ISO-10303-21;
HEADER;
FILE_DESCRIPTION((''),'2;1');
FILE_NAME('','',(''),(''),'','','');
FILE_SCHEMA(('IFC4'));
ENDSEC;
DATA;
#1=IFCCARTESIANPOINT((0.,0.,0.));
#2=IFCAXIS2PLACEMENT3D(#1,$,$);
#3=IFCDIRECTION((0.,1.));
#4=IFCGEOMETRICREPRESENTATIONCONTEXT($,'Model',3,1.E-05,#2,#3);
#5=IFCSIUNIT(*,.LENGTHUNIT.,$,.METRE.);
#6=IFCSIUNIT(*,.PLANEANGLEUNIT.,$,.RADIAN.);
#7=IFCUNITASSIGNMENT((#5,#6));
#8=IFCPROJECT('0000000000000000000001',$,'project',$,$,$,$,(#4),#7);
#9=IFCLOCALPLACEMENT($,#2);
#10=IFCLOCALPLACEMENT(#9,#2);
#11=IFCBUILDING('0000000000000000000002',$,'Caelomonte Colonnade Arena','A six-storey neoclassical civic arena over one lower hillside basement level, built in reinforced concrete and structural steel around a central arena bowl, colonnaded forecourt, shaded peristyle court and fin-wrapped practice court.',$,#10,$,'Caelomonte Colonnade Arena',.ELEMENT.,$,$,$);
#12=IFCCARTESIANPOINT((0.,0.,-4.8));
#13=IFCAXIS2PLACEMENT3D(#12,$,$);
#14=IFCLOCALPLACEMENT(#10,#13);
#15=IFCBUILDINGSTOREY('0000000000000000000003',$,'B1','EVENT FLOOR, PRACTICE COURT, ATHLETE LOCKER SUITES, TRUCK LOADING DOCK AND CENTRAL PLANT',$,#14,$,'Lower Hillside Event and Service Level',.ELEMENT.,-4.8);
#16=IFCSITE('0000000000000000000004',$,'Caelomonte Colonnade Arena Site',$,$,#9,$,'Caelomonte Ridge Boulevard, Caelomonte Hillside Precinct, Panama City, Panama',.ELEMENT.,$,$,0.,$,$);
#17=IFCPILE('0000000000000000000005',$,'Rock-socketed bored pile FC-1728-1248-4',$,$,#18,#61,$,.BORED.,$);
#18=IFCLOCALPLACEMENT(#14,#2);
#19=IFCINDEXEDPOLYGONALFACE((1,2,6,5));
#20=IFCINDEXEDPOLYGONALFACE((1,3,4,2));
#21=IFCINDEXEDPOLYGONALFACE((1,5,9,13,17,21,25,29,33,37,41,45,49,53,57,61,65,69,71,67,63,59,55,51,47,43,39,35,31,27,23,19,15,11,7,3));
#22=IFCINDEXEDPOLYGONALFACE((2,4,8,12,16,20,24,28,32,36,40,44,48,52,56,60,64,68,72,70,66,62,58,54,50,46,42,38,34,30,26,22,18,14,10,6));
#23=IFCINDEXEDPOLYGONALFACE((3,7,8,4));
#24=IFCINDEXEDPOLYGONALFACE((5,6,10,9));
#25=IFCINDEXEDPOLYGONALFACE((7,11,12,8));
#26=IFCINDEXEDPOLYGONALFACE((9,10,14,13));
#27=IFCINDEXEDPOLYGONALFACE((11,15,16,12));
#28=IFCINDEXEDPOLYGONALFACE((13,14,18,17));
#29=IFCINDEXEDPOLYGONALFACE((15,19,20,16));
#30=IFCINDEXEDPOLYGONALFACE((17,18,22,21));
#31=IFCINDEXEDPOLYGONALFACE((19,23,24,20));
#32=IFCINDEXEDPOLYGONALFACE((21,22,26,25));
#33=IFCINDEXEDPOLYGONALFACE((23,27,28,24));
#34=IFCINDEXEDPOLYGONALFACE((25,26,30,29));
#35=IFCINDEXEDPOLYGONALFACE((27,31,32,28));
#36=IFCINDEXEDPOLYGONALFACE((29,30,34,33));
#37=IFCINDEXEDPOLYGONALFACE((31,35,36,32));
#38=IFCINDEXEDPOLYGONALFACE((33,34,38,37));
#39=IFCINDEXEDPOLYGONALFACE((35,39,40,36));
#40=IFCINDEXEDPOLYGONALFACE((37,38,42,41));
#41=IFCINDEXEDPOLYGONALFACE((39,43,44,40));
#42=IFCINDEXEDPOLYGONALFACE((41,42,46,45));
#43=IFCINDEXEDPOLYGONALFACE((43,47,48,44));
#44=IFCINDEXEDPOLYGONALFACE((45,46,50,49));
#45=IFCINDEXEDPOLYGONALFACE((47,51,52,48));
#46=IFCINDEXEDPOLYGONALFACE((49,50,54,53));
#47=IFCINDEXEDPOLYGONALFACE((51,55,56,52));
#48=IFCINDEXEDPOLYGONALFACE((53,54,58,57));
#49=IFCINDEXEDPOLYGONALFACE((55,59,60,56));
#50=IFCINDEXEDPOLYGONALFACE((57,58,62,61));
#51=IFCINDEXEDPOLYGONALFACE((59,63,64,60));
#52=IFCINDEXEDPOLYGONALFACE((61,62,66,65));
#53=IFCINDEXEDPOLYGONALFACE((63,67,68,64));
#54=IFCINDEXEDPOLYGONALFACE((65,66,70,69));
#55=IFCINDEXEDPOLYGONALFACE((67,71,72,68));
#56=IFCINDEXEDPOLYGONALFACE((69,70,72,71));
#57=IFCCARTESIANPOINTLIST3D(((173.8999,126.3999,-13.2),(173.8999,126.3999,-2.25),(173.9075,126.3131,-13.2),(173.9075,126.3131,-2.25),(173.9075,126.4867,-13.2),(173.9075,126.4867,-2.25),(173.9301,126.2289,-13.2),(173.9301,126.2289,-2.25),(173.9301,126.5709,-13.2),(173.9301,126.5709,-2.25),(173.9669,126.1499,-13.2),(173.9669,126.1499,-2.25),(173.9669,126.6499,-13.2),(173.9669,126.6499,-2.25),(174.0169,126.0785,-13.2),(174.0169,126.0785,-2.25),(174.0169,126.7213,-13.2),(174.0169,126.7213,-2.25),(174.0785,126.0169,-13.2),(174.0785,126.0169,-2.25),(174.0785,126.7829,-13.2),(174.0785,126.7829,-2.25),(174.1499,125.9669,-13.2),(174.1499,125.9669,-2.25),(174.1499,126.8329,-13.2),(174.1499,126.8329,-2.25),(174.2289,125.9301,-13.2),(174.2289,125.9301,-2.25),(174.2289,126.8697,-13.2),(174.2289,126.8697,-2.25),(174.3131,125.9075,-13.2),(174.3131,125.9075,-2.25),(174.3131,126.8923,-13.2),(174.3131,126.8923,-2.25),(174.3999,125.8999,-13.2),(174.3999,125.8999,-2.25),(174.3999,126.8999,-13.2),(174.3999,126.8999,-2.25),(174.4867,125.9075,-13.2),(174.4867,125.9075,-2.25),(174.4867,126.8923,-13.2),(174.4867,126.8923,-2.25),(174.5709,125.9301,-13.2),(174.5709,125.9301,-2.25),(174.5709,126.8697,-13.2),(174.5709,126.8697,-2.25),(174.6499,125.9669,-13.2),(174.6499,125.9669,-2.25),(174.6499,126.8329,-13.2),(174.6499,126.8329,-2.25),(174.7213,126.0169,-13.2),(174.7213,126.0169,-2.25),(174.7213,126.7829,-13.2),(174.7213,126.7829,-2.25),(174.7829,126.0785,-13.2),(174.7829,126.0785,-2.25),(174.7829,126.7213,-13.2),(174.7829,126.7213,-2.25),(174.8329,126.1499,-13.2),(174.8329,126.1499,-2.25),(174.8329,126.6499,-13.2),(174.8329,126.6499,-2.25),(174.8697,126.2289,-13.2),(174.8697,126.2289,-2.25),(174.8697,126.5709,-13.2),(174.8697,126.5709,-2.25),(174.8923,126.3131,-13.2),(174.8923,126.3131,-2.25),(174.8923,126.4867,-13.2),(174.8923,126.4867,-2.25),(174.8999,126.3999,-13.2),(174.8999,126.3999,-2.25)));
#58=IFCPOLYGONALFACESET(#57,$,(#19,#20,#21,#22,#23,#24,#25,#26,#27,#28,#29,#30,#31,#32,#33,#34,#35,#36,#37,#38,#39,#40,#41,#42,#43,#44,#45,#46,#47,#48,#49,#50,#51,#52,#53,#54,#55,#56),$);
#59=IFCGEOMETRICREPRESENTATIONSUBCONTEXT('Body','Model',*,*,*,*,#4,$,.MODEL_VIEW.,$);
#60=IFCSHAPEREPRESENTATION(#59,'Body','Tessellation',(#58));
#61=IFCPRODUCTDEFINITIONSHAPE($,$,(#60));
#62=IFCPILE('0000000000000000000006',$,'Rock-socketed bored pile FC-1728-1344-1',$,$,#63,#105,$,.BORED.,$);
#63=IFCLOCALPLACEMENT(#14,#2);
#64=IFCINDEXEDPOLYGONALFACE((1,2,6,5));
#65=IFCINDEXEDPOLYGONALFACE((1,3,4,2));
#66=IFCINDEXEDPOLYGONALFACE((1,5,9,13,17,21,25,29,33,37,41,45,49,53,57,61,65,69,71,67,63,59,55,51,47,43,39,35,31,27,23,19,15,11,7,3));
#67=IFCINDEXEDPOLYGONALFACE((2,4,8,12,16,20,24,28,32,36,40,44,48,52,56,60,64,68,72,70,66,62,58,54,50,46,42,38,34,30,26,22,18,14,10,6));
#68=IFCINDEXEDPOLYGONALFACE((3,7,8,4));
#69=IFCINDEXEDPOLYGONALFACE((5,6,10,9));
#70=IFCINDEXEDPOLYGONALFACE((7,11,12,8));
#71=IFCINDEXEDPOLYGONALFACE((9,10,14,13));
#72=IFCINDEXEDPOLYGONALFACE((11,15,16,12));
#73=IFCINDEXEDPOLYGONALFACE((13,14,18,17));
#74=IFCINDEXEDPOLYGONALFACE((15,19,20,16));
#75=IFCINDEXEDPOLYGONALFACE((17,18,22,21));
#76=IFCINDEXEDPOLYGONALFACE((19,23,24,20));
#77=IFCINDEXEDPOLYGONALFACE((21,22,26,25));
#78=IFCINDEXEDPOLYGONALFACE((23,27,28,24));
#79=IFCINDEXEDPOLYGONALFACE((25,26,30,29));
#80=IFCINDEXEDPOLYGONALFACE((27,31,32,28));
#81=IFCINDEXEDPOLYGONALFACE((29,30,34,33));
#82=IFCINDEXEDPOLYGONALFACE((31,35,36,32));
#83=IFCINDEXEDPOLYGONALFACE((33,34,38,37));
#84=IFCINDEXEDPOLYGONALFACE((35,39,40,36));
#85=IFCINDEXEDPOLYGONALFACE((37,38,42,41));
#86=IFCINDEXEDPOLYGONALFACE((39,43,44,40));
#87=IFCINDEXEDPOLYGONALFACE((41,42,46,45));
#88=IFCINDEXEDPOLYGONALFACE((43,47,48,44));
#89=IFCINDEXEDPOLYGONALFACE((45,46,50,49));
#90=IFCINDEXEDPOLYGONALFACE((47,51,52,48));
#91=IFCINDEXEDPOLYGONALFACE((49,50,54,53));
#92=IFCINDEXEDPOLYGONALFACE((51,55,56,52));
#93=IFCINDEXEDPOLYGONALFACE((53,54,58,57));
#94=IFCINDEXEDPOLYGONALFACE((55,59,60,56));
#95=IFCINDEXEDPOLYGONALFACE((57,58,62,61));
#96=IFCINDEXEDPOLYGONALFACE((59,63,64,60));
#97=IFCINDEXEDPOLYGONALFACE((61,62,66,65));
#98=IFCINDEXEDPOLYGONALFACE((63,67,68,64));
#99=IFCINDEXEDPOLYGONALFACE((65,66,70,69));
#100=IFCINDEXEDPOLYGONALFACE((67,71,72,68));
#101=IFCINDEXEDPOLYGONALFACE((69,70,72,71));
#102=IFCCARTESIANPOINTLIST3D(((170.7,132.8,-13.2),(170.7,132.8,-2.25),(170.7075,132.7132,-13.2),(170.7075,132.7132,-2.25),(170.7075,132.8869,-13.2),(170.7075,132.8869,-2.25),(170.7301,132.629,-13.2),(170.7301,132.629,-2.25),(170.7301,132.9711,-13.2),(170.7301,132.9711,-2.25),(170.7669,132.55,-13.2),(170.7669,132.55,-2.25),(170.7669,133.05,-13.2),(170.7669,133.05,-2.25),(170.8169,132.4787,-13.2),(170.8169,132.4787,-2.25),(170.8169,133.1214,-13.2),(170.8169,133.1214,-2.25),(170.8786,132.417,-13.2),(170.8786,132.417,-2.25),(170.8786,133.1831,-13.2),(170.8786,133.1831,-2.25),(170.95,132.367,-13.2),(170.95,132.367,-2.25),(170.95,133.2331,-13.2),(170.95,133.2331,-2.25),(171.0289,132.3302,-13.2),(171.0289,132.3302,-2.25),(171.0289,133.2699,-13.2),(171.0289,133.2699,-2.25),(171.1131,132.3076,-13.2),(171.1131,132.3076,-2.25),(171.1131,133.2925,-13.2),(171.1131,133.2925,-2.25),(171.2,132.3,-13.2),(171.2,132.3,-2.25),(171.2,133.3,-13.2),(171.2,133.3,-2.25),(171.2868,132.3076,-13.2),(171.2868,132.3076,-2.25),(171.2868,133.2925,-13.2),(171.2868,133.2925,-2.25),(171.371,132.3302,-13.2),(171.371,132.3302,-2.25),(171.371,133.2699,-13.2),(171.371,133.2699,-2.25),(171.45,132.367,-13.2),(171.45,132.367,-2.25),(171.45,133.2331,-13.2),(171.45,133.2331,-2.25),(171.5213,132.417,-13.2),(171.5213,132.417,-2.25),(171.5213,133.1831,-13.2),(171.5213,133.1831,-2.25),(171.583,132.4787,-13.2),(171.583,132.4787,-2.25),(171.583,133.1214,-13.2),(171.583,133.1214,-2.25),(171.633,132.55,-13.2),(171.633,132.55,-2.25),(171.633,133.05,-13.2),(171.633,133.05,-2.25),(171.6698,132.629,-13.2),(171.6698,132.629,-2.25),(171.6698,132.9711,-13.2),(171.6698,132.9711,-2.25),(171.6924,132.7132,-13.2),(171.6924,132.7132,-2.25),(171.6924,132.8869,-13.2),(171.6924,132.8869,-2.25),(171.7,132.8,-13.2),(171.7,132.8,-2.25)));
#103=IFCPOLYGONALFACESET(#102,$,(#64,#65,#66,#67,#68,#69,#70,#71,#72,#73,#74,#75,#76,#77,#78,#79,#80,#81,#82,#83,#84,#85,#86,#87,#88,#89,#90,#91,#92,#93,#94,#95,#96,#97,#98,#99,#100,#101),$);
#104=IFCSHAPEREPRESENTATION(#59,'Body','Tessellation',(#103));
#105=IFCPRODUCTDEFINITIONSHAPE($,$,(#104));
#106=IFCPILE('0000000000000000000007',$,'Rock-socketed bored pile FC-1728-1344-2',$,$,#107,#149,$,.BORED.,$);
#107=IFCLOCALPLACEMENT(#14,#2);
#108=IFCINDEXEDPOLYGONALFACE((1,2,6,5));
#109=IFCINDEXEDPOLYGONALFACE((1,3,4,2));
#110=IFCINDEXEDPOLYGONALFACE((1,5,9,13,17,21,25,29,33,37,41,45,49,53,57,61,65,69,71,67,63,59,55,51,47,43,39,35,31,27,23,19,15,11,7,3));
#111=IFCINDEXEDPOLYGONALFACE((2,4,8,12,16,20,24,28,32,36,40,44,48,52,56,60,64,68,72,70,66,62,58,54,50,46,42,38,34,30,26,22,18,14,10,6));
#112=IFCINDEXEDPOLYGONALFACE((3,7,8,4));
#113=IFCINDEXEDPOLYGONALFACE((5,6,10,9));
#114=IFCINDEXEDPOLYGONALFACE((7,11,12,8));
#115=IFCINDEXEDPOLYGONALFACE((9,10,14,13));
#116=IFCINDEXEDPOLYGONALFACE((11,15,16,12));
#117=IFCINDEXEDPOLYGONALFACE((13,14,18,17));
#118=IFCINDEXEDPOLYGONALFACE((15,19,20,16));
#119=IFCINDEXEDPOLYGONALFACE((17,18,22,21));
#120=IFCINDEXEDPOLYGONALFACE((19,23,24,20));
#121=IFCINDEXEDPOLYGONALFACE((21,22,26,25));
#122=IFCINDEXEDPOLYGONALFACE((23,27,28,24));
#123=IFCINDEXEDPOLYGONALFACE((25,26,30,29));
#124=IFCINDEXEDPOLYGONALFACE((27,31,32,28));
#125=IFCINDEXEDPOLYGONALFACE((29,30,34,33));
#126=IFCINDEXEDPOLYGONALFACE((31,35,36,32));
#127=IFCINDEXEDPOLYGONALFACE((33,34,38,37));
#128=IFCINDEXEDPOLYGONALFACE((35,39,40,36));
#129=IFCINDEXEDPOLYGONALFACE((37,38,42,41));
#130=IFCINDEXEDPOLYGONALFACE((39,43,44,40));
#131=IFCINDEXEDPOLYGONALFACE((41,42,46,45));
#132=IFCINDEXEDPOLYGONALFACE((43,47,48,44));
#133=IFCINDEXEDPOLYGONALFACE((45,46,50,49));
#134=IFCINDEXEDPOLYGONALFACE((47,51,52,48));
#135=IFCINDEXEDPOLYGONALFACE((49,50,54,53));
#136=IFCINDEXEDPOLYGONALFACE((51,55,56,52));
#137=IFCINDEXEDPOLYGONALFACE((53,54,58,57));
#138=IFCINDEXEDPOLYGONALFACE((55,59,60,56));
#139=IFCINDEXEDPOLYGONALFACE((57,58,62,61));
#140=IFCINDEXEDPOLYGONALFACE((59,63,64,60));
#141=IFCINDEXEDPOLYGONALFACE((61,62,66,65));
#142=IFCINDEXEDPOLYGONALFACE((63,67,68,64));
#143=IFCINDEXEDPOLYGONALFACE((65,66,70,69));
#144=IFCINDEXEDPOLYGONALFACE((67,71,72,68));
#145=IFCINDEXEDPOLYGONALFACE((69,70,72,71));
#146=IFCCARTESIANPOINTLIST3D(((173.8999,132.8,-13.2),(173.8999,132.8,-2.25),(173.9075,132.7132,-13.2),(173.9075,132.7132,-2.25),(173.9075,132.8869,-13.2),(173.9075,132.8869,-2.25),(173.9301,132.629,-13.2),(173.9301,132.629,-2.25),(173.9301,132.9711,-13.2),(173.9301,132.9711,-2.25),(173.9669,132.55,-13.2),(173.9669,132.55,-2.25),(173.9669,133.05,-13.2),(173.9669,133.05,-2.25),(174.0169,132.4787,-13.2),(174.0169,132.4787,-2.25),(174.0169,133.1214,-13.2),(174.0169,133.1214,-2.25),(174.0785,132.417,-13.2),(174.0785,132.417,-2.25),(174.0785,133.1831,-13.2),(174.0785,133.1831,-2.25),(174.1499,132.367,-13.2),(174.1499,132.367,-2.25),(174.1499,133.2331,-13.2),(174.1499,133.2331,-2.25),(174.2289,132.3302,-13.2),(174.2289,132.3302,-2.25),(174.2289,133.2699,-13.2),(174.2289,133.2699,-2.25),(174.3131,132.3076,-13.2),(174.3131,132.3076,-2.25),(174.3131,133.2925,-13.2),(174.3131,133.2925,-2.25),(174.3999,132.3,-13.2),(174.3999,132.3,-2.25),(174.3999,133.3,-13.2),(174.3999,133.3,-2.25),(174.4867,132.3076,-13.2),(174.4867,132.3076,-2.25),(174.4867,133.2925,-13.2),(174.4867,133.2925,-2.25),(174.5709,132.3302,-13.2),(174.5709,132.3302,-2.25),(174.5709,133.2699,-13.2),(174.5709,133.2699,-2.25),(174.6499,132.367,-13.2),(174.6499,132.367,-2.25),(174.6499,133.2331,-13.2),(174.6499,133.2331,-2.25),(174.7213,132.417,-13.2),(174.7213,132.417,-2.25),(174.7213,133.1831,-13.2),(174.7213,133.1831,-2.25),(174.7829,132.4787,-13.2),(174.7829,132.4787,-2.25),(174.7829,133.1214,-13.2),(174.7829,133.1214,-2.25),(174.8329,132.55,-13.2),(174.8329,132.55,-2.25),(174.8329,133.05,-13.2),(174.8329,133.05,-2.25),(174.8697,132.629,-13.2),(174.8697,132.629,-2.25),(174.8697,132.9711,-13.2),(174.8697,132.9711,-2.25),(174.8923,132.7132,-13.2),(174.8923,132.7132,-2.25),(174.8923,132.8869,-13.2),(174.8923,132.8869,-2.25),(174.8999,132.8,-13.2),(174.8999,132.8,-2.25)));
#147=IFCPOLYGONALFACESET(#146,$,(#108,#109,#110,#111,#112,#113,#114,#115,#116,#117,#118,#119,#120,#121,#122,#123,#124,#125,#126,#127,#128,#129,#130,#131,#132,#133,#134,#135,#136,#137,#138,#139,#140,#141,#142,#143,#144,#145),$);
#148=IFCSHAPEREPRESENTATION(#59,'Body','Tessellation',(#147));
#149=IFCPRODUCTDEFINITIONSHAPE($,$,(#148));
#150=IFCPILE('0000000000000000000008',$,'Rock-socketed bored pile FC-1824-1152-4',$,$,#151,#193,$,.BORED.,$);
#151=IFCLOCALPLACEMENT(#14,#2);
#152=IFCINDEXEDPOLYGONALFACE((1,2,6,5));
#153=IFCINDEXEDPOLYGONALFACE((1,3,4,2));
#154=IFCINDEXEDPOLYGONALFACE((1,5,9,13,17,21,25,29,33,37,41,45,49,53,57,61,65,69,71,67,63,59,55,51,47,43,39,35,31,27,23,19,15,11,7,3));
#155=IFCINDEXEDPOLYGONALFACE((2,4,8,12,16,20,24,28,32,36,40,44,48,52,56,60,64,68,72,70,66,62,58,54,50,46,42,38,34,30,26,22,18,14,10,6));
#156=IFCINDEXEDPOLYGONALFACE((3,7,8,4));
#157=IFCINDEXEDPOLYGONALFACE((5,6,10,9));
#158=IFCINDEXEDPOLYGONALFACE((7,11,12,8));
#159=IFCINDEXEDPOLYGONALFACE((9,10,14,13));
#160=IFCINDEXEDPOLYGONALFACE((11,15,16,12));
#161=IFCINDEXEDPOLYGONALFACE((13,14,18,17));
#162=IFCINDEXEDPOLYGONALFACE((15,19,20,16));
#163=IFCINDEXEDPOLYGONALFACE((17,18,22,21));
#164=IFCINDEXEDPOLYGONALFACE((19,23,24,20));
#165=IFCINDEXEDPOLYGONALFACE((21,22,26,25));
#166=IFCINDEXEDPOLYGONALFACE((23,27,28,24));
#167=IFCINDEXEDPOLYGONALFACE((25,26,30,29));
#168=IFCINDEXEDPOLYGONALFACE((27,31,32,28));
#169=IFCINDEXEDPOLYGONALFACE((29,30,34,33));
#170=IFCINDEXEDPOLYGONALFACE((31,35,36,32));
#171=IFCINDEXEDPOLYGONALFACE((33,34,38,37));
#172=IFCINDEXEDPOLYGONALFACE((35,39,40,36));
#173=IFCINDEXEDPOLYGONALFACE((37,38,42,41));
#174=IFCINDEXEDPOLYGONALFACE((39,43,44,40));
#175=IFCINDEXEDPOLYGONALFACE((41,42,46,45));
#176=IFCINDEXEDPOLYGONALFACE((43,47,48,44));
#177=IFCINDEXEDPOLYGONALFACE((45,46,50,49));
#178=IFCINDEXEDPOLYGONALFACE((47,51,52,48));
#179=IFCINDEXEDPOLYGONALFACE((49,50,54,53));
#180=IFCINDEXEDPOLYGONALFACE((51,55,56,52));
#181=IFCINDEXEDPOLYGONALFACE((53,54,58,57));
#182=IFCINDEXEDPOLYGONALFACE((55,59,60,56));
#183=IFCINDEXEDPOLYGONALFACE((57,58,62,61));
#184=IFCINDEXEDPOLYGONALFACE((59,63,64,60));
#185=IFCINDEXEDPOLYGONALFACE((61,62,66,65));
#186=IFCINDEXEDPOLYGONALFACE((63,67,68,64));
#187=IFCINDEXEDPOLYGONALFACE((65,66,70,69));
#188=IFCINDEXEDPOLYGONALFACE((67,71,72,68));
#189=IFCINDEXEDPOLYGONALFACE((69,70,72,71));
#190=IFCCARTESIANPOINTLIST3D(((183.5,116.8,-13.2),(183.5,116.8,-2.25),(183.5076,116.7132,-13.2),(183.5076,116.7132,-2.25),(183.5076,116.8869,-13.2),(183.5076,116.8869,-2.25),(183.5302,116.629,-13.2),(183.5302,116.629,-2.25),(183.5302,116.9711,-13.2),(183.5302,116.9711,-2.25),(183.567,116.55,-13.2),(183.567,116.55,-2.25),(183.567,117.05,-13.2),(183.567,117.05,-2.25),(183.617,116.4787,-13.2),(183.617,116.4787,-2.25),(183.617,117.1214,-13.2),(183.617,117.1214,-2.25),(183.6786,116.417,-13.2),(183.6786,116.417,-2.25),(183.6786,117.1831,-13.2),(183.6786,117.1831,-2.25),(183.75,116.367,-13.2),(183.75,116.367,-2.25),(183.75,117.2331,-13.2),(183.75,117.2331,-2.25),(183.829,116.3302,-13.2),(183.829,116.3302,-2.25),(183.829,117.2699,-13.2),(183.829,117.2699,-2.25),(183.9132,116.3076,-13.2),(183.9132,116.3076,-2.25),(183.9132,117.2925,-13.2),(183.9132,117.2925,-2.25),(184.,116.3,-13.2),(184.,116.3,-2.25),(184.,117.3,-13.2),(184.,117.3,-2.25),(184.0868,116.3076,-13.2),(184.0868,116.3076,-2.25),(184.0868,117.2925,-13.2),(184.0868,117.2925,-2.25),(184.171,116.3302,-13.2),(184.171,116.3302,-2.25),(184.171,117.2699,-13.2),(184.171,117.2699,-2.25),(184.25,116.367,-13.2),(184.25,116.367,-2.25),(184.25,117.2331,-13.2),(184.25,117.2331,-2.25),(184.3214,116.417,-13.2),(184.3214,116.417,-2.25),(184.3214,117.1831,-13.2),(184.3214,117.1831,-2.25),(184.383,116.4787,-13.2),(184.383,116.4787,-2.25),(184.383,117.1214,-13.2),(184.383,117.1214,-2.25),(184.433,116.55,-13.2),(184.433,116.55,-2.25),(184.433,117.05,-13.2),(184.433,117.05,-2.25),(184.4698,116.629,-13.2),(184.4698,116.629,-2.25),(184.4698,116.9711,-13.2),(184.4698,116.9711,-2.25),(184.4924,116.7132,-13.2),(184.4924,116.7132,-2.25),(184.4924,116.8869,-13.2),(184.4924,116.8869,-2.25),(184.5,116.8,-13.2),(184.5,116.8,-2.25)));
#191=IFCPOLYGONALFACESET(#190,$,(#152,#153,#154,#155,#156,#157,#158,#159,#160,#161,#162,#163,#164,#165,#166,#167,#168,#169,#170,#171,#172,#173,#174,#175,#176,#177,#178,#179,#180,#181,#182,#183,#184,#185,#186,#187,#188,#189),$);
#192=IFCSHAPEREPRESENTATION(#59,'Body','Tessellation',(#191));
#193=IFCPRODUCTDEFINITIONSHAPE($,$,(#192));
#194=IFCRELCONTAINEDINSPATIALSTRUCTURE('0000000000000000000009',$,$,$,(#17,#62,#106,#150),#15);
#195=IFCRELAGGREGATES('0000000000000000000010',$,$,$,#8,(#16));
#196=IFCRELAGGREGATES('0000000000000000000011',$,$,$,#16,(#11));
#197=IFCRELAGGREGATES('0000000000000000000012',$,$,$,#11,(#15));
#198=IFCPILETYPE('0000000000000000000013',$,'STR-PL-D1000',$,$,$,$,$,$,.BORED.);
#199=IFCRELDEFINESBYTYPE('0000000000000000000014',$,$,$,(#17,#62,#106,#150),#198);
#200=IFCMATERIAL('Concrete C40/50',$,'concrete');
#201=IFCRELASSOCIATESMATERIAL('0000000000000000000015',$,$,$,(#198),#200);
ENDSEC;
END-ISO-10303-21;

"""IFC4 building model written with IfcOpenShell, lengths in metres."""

from ifc_helpers import new_model, si_unit, direction, frame, origin, origin_2d, place, context, subcontext, project, spatial, circle, extrude, material, material_profile, profile_set, type_object, element, save


model = new_model("IFC4")

# Units and contexts
model_context = context("Model", 3, precision=1e-05, world=origin(), true_north=direction((0.0, 1.0)))
body_context = subcontext(model_context, "Body", "Model", "MODEL_VIEW")
ifc_project = project(units=[si_unit("LENGTHUNIT", "METRE"), si_unit("PLANEANGLEUNIT", "RADIAN")], contexts=[model_context])

# Site, building, storey
site_placement = place(None, origin())
site = spatial("IfcSite", under=ifc_project, at=site_placement, Name="Caelomonte Colonnade Arena Site", LongName="Caelomonte Ridge Boulevard, Caelomonte Hillside Precinct, Panama City, Panama", CompositionType="ELEMENT", RefElevation=0.0)
building_placement = place(site_placement, origin())
building = spatial("IfcBuilding", under=site, at=building_placement, Name="Caelomonte Colonnade Arena", Description="A six-storey neoclassical civic arena over one lower hillside basement level, built in reinforced concrete and structural steel around a central arena bowl, colonnaded forecourt, shaded peristyle court and fin-wrapped practice court.", LongName="Caelomonte Colonnade Arena", CompositionType="ELEMENT")
storey_placement = place(building_placement, frame((0.0, 0.0, -4.8)))
storey = spatial("IfcBuildingStorey", under=building, at=storey_placement, Name="B1", Description="EVENT FLOOR, PRACTICE COURT, ATHLETE LOCKER SUITES, TRUCK LOADING DOCK AND CENTRAL PLANT", LongName="Lower Hillside Event and Service Level", CompositionType="ELEMENT", Elevation=-4.8)

# Shared definitions
ifc_material_1 = material(Name="Concrete C40/50", Category="concrete")

# Piles
ifc_material_profile_1 = material_profile(ifc_material_1, circle(Radius=0.5, at=origin_2d()), Name="PILE-D1000")
ifc_profile_set_1 = profile_set([ifc_material_profile_1], Name="Concrete C40/50")
pile_type = type_object("IfcPileType", Name="STR-PL-D1000", PredefinedType="BORED", material=ifc_profile_set_1)
for number, where, z_axis, x_axis, name in (
    (1, (174.3999, 126.3999, -2.25), (0.0, 0.0, -1.0), (1.0, 0.0, 0.0), "Rock-socketed bored pile FC-1728-1248-4"),
    (2, (171.2, 132.8, -2.25), (0.0, 0.0, -1.0), (1.0, 0.0, 0.0), "Rock-socketed bored pile FC-1728-1344-1"),
    (3, (174.3999, 132.8, -2.25), (0.0, 0.0, -1.0), (1.0, 0.0, 0.0), "Rock-socketed bored pile FC-1728-1344-2"),
    (4, (184.0, 116.8, -2.25), (0.0, 0.0, -1.0), (1.0, 0.0, 0.0), "Rock-socketed bored pile FC-1824-1152-4"),
):
    element("IfcPile", number, at=place(storey_placement, frame(where, z_axis=z_axis, x_axis=x_axis)), inside=storey, type_object=pile_type, Name=name, PredefinedType="BORED", context=body_context, shape_type="SweptSolid", body=[
        extrude(circle(Radius=0.5, at=origin_2d()), origin(), (0.0, 0.0, 1.0), 10.95),
    ])

save(model, "model.ifc")
